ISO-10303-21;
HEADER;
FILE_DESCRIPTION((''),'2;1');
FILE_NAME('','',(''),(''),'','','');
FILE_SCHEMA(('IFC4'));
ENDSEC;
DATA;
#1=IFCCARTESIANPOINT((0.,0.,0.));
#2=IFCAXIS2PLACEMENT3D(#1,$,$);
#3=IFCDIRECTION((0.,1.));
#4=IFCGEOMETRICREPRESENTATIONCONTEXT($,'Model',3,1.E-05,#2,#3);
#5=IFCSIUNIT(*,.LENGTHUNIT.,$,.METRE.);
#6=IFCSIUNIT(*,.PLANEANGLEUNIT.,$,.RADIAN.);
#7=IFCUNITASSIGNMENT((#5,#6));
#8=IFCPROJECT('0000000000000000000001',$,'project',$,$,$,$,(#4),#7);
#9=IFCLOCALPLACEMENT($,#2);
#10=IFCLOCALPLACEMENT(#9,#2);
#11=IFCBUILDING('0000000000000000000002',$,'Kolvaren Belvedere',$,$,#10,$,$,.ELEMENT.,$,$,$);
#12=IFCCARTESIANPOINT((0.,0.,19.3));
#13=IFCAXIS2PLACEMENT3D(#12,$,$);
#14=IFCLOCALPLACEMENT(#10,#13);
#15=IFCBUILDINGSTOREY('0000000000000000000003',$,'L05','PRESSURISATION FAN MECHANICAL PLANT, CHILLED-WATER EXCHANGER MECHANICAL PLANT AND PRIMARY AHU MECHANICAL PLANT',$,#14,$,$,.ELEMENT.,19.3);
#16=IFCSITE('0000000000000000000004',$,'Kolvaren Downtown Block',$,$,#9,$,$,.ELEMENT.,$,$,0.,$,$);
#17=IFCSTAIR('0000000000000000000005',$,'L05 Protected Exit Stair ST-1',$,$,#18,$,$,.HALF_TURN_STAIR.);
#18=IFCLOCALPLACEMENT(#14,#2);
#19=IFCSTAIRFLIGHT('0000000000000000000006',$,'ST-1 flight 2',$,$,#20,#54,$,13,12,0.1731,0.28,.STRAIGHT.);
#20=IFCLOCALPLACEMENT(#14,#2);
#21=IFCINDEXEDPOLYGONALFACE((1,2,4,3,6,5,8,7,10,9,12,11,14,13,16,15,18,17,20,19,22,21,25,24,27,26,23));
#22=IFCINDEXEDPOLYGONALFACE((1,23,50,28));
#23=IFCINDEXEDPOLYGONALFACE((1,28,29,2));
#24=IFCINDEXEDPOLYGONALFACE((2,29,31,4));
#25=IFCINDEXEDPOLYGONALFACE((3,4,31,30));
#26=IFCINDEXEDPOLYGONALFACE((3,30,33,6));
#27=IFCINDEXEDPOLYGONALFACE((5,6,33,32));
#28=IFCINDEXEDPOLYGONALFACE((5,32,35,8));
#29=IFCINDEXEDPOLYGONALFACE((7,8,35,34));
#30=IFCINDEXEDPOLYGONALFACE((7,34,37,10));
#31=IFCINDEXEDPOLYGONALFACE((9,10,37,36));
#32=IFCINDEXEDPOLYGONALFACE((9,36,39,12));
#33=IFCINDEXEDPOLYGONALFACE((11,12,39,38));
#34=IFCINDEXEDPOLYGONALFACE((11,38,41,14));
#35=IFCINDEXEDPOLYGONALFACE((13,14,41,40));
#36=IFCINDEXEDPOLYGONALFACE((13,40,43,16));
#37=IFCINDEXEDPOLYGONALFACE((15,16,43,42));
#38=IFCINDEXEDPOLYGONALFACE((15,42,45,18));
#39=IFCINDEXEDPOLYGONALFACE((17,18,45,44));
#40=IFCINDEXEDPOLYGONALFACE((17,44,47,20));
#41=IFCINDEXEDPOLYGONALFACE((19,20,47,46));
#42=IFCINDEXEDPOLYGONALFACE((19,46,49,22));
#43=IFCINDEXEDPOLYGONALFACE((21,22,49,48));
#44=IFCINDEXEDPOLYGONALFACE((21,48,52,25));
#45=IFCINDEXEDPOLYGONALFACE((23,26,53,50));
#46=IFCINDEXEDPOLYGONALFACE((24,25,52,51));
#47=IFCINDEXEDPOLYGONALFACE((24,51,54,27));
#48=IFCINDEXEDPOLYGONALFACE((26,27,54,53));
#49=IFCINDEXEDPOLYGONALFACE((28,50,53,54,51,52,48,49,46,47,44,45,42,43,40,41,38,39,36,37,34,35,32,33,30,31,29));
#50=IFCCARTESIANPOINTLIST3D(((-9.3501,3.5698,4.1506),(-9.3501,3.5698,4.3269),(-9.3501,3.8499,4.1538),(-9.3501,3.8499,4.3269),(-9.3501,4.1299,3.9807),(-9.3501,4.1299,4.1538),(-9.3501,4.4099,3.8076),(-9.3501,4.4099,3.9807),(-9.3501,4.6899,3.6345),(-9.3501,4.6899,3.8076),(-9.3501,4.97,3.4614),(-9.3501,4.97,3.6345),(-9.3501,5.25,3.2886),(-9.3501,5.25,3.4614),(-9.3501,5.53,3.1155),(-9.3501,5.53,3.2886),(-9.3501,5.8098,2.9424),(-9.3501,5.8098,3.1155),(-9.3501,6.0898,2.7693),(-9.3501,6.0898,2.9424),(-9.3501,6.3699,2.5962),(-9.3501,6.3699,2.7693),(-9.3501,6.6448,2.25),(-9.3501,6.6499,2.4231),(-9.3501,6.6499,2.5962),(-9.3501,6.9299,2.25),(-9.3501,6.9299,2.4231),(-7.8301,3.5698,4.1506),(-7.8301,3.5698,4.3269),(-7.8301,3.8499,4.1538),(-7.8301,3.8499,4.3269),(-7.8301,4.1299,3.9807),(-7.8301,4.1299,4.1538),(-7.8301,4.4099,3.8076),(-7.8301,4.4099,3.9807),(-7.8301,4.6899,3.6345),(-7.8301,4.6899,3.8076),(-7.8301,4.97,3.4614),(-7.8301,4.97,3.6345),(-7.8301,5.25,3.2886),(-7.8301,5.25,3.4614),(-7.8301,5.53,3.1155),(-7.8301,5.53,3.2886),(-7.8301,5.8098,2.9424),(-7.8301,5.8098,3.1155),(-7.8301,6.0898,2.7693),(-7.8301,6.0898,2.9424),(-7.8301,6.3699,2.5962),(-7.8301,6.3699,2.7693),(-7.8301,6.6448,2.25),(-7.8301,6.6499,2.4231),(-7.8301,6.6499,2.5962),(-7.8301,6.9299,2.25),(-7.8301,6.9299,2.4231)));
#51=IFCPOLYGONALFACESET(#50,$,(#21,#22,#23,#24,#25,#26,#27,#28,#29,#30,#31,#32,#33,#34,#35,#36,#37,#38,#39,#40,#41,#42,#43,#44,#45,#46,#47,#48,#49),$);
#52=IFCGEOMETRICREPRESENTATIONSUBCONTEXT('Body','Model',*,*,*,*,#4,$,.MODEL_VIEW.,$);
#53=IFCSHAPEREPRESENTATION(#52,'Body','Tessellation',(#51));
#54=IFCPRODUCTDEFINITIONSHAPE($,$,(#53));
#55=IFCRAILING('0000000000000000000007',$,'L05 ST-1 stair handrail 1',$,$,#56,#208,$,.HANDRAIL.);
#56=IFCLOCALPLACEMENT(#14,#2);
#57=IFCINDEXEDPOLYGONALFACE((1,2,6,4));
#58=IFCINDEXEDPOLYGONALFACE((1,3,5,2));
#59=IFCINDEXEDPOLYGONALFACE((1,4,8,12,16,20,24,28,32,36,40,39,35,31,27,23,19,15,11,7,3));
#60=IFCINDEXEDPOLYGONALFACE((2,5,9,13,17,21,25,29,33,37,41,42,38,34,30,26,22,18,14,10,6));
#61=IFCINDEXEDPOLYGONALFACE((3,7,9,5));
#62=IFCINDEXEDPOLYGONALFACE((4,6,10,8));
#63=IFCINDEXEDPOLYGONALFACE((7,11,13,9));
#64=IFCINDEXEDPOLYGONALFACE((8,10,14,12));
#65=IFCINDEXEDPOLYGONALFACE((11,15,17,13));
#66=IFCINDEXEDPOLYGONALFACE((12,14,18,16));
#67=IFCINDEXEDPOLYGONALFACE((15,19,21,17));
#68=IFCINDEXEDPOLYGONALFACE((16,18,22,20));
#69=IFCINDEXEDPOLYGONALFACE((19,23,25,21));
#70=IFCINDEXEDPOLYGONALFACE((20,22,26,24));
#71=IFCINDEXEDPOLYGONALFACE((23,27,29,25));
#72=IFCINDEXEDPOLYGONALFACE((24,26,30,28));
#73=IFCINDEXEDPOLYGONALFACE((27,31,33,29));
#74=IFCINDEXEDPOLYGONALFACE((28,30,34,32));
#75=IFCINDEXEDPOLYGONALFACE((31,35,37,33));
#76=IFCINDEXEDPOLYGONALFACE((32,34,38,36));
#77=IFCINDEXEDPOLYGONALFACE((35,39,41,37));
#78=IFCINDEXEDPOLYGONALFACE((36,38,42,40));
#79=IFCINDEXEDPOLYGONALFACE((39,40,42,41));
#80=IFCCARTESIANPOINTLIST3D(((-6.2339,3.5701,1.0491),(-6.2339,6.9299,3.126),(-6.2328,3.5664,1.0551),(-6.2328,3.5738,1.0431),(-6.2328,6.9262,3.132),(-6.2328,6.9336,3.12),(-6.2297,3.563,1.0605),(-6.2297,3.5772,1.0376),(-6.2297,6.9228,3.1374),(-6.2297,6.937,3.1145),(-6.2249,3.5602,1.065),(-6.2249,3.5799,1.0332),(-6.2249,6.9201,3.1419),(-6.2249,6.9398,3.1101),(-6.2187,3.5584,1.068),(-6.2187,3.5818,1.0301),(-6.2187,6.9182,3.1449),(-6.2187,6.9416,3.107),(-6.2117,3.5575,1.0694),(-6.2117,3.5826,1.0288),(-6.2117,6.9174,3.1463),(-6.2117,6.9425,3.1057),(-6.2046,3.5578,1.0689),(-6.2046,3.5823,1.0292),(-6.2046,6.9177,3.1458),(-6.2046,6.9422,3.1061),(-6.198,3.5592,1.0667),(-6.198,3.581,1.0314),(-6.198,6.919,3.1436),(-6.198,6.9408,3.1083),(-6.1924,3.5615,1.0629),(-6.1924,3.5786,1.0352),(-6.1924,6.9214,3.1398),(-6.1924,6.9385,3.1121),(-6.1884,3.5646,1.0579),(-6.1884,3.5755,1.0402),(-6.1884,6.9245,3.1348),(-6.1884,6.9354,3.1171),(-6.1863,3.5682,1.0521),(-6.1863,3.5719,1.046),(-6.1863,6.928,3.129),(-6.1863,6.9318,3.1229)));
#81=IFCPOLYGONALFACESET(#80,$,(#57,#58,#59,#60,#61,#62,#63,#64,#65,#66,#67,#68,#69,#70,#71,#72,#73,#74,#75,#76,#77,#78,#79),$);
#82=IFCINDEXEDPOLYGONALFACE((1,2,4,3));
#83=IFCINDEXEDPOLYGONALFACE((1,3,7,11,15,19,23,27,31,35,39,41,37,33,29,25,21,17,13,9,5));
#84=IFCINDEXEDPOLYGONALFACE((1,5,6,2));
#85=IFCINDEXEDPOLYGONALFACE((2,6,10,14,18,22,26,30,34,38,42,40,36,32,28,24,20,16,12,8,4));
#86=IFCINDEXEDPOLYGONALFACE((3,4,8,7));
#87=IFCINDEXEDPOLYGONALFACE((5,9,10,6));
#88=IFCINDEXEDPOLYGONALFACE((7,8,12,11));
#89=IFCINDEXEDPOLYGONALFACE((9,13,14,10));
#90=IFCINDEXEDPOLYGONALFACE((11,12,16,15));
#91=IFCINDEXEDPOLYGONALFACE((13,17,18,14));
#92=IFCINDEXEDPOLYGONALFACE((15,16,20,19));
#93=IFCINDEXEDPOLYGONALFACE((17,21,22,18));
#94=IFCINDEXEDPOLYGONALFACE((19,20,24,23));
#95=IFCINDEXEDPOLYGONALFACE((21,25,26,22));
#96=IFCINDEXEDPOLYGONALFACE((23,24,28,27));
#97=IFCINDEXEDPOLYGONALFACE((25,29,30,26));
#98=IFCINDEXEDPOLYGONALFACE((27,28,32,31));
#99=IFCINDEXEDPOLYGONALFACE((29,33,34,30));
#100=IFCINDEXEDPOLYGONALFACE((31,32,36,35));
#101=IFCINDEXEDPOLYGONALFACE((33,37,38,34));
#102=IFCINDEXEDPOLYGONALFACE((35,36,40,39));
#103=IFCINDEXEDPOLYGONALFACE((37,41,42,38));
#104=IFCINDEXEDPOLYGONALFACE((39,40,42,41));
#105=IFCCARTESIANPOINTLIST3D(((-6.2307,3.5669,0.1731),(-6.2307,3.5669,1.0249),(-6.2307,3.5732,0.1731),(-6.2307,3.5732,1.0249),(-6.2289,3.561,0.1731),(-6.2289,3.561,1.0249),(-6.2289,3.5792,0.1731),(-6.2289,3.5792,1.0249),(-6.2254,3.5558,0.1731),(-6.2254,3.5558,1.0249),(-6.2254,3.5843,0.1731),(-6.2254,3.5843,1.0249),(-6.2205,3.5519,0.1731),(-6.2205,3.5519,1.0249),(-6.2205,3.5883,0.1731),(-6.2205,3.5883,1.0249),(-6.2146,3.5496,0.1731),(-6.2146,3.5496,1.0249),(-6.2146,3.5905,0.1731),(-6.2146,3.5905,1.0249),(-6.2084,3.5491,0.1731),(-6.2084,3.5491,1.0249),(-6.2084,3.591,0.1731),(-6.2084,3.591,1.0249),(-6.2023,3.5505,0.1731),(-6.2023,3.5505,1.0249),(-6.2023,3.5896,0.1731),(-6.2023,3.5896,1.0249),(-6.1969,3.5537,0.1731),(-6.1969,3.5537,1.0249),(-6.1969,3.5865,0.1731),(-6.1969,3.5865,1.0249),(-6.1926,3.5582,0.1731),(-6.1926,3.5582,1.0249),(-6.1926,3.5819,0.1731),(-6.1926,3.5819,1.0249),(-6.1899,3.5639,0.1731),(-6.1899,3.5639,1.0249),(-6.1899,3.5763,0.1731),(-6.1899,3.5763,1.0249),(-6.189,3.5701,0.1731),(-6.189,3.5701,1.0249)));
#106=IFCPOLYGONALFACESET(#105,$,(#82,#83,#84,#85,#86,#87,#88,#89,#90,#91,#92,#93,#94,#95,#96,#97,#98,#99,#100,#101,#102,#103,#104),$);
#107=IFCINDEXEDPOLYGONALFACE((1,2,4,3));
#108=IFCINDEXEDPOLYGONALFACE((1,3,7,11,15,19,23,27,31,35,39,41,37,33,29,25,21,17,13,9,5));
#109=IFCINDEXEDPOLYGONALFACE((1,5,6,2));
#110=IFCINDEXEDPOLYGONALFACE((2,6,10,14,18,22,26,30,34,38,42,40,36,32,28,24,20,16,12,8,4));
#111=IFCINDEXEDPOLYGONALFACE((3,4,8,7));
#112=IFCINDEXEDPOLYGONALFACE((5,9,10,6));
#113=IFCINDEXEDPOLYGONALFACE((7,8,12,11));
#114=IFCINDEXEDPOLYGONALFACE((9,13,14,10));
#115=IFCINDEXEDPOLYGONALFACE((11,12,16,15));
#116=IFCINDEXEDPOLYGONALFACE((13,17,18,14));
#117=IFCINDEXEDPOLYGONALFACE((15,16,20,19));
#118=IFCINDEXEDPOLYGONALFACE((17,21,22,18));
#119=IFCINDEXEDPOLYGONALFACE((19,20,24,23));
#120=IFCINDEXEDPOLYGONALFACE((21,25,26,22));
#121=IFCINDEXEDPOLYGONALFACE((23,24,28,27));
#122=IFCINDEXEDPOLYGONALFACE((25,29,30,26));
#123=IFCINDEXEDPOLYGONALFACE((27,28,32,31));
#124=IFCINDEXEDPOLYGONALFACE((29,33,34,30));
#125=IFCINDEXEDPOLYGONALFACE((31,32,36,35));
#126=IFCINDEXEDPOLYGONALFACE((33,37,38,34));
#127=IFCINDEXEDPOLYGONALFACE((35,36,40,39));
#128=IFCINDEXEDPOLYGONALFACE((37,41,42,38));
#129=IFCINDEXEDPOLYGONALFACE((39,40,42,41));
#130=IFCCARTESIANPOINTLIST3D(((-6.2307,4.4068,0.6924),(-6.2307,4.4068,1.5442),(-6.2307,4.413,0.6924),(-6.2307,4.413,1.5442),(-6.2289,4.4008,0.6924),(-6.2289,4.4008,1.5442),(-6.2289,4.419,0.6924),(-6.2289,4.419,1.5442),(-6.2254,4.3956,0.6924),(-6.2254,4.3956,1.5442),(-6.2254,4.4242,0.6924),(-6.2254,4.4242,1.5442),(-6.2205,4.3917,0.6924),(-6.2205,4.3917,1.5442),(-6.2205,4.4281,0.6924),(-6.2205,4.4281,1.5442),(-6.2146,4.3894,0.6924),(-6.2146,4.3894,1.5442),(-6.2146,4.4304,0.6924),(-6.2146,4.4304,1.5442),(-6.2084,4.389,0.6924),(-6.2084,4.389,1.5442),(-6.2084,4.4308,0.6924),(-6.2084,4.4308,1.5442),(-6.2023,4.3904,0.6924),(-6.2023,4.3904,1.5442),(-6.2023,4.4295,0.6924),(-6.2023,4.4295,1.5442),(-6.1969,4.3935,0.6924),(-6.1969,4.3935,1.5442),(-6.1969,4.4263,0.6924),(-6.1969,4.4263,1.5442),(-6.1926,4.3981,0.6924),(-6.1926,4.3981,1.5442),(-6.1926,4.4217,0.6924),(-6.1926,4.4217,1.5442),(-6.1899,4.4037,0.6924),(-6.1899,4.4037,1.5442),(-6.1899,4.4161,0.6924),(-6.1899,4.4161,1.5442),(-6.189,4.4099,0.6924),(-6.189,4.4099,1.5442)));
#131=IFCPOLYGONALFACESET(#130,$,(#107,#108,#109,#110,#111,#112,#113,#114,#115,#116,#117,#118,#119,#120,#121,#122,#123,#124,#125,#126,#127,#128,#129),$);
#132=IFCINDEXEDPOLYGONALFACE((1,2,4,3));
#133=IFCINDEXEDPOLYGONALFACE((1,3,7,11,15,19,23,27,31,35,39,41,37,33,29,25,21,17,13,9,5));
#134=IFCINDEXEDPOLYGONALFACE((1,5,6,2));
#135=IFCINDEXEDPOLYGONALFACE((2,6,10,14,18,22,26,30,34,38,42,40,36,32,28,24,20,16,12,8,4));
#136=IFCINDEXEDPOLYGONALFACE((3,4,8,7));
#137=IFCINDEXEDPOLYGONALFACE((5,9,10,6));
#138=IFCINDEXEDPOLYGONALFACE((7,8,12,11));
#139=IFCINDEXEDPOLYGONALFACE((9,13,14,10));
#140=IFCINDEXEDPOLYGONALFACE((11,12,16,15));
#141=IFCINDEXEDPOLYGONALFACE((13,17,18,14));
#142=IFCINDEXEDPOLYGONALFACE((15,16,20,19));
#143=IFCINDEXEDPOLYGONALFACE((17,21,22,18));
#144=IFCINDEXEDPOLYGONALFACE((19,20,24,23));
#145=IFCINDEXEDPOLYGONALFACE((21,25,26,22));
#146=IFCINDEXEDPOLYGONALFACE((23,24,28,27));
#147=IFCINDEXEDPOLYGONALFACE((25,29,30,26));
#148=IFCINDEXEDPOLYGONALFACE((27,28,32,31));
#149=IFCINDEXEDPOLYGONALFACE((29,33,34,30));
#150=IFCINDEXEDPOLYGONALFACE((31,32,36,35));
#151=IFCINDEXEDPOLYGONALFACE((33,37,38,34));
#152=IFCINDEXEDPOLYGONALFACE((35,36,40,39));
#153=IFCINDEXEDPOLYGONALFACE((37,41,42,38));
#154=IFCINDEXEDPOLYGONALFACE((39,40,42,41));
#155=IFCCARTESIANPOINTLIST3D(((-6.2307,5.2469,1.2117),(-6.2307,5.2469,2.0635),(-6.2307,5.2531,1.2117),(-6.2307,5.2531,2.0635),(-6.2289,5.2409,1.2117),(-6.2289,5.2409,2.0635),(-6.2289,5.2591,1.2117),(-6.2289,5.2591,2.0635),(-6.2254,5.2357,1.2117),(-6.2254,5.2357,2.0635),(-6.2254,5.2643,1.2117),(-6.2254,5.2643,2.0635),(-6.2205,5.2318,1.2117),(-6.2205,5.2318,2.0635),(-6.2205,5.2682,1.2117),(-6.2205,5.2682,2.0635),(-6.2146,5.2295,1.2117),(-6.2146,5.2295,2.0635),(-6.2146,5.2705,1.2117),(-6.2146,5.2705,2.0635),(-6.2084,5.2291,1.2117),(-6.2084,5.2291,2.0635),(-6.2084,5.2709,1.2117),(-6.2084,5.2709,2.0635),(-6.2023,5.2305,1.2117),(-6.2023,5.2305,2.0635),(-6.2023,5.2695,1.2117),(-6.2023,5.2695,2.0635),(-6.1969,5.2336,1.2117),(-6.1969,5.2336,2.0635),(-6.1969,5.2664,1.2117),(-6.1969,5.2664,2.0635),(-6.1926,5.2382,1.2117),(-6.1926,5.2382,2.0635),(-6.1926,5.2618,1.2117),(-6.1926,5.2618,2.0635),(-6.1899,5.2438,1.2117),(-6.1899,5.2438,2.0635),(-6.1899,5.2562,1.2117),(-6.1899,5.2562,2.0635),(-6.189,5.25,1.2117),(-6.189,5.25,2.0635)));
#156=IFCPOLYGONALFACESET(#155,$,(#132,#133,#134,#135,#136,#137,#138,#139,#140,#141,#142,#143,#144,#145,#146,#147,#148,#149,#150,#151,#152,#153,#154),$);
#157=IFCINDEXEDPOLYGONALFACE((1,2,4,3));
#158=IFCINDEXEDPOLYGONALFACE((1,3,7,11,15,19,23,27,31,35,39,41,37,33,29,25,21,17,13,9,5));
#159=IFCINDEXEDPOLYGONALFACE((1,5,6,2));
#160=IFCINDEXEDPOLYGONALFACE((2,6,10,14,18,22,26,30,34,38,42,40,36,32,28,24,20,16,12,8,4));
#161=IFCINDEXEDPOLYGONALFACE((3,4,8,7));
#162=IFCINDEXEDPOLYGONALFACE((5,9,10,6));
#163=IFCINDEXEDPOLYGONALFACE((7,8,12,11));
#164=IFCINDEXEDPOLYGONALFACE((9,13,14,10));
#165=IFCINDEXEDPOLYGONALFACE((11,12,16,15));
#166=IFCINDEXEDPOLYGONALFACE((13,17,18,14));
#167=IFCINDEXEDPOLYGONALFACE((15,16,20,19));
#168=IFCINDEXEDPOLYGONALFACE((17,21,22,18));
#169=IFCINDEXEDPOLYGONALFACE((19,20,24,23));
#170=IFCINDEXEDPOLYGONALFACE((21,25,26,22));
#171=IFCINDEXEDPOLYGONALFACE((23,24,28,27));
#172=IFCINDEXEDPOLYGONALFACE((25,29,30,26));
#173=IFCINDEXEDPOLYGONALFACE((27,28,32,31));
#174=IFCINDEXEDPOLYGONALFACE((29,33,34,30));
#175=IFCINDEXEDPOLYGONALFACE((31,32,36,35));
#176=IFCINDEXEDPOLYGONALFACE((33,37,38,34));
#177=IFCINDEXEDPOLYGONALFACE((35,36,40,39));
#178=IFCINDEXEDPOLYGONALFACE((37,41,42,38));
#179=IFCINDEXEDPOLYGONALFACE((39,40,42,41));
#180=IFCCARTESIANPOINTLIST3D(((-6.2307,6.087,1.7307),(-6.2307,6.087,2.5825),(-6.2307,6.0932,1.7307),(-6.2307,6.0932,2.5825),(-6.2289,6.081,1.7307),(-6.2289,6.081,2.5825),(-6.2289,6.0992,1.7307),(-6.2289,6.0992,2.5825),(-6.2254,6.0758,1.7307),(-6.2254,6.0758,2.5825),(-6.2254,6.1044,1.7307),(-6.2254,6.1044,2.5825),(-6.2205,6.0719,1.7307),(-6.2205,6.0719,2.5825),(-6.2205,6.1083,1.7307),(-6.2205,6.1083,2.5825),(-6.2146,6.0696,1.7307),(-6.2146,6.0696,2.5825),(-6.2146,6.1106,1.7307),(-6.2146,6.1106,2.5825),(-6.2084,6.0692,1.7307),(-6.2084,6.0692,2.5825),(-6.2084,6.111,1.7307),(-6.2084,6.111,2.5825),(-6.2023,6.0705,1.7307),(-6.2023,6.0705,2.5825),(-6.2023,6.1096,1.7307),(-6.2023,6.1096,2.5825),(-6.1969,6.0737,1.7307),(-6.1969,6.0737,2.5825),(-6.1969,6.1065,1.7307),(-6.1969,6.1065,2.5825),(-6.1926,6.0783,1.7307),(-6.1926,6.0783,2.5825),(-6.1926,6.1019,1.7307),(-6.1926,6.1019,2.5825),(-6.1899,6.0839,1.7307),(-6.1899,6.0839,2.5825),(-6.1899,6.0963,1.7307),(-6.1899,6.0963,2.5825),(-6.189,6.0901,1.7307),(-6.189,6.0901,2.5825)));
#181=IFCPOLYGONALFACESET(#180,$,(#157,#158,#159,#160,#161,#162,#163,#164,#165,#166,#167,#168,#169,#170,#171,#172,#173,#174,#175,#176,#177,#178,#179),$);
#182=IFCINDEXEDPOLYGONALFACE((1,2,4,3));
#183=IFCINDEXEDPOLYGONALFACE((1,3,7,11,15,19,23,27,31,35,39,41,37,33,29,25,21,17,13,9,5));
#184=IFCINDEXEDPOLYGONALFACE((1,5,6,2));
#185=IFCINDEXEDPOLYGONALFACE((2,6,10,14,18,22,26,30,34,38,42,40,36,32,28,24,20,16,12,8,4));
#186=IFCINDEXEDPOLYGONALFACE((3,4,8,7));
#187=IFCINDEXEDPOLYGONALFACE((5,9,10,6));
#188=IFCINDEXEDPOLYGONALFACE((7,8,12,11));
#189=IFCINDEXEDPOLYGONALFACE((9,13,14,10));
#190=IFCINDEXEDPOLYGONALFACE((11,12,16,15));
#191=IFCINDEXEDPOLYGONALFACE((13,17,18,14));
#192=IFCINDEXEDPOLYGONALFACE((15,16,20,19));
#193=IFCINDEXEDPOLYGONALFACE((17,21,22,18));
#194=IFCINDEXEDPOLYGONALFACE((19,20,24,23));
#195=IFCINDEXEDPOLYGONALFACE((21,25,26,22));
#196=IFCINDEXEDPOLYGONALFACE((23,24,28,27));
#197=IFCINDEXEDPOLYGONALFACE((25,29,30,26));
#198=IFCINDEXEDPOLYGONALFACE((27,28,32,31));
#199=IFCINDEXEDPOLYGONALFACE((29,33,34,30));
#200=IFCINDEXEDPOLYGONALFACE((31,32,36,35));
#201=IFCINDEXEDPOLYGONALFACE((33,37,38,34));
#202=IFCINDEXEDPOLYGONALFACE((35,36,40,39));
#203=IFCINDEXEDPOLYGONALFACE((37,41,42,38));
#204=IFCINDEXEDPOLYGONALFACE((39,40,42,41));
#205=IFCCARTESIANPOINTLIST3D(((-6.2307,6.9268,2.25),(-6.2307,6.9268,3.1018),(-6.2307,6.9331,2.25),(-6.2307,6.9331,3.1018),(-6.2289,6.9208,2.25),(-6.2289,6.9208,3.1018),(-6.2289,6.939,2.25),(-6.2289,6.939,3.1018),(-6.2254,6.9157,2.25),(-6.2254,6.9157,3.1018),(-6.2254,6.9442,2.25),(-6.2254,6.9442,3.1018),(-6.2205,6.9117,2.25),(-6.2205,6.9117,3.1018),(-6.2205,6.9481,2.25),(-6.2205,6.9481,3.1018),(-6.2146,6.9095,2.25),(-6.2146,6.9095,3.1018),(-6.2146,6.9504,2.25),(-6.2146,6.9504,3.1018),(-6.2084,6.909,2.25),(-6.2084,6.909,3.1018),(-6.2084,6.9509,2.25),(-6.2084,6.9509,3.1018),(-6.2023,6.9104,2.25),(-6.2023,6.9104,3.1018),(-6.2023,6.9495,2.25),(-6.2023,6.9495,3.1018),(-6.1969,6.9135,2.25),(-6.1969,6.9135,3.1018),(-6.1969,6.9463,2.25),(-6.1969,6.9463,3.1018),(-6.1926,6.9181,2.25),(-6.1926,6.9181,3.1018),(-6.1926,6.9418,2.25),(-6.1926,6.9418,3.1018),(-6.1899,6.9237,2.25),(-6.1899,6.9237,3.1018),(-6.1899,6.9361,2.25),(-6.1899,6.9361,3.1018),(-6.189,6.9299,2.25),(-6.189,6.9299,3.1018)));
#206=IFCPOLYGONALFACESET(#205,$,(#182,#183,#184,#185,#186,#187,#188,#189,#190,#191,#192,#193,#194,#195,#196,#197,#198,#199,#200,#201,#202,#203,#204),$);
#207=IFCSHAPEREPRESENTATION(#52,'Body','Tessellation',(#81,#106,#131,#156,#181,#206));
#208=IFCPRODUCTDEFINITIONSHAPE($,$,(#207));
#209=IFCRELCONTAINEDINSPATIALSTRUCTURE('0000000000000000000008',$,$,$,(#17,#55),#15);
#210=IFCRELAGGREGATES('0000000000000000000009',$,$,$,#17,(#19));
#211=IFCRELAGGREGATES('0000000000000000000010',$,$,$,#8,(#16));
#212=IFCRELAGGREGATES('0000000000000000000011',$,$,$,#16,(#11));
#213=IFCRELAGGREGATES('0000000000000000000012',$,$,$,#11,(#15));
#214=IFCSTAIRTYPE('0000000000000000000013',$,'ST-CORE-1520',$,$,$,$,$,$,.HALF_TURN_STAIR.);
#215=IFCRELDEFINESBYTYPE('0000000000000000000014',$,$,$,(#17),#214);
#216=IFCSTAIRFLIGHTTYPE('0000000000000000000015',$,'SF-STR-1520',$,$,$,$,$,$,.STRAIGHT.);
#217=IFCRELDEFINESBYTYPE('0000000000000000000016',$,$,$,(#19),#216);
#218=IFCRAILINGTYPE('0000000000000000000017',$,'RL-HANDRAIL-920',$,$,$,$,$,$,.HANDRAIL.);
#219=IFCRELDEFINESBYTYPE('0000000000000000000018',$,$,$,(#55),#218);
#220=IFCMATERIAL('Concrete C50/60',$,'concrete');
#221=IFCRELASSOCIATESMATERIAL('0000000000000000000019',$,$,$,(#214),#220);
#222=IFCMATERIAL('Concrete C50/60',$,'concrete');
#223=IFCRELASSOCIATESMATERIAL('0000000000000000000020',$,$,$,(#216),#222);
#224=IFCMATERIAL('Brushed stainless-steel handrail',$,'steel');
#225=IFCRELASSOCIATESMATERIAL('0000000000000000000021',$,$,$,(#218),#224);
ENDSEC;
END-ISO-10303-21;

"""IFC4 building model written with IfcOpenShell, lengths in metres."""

from ifc_helpers import new_model, si_unit, direction, frame, origin, origin_2d, place, context, subcontext, project, spatial, polyline, circle, outline, extrude, material, type_object, element, aggregate, save


model = new_model("IFC4")

# Units and contexts
model_context = context("Model", 3, precision=1e-05, world=origin(), true_north=direction((0.0, 1.0)))
body_context = subcontext(model_context, "Body", "Model", "MODEL_VIEW")
ifc_project = project(units=[si_unit("LENGTHUNIT", "METRE"), si_unit("PLANEANGLEUNIT", "RADIAN")], contexts=[model_context])

# Site, building, storey
site_placement = place(None, origin())
site = spatial("IfcSite", under=ifc_project, at=site_placement, Name="Kolvaren Downtown Block", CompositionType="ELEMENT", RefElevation=0.0)
building_placement = place(site_placement, origin())
building = spatial("IfcBuilding", under=site, at=building_placement, Name="Kolvaren Belvedere", CompositionType="ELEMENT")
storey_placement = place(building_placement, frame((0.0, 0.0, 19.3)))
storey = spatial("IfcBuildingStorey", under=building, at=storey_placement, Name="L05", Description="PRESSURISATION FAN MECHANICAL PLANT, CHILLED-WATER EXCHANGER MECHANICAL PLANT AND PRIMARY AHU MECHANICAL PLANT", CompositionType="ELEMENT", Elevation=19.3)

# Stair, stair flight
ifc_material_1 = material(Name="Concrete C50/60", Category="concrete")
stair_type = type_object("IfcStairType", Name="ST-CORE-1520", PredefinedType="HALF_TURN_STAIR", material=ifc_material_1)
stair_placement = place(storey_placement, origin())
stair = element("IfcStair", 1, at=stair_placement, inside=storey, type_object=stair_type, Name="L05 Protected Exit Stair ST-1", PredefinedType="HALF_TURN_STAIR")
ifc_material_2 = material(Name="Concrete C50/60", Category="concrete")
stair_flight_type = type_object("IfcStairFlightType", Name="SF-STR-1520", PredefinedType="STRAIGHT", material=ifc_material_2)
stair_flight_1_placement = place(storey_placement, frame((-8.5901, 6.9299, 2.25), z_axis=(0.0, 0.0, 1.0), x_axis=(0.0, -1.0, 0.0)))
stair_flight_1 = element("IfcStairFlight", 2, at=stair_flight_1_placement, type_object=stair_flight_type, Name="ST-1 flight 2", NumberOfRisers=13, NumberOfTreads=12, PredefinedType="STRAIGHT", RiserHeight=0.1731, TreadLength=0.28, context=body_context, shape_type="SweptSolid", body=[
    extrude(outline(polyline([(0.0, 0.0), (0.0, 0.1731), (0.28, 0.1731), (0.28, 0.3462), (0.5601, 0.3462), (0.5601, 0.5193), (0.8401, 0.5193), (0.8401, 0.6924), (1.1201, 0.6924), (1.1201, 0.8655), (1.3999, 0.8655), (1.3999, 1.0386), (1.6799, 1.0386), (1.6799, 1.2114), (1.96, 1.2114), (1.96, 1.3845), (2.24, 1.3845), (2.24, 1.5576), (2.52, 1.5576), (2.52, 1.7307), (2.8, 1.7307), (2.8, 1.9038), (3.0801, 1.9038), (3.0801, 2.0769), (3.3601, 2.0769), (3.3601, 2.25), (3.3601, 1.9006), (0.2852, 0.0), (0.0, 0.0)])), frame((0.0, 0.76, 0.0), z_axis=(0.0, -1.0, 0.0), x_axis=(1.0, 0.0, 0.0)), (0.0, 0.0, 1.0), 1.52),
])
aggregate(stair, [stair_flight_1])

# Railing
ifc_material_3 = material(Name="Brushed stainless-steel handrail", Category="steel")
railing_type_1 = type_object("IfcRailingType", Name="RL-HANDRAIL-920", PredefinedType="HANDRAIL", material=ifc_material_3)
railing_1_placement = place(storey_placement, frame((-6.21, 3.5701, 0.1731)))
element("IfcRailing", 3, at=railing_1_placement, inside=storey, type_object=railing_type_1, Name="L05 ST-1 stair handrail 1", PredefinedType="HANDRAIL", context=body_context, shape_type="SweptSolid", body=[
    extrude(circle(Radius=0.0239, at=origin_2d()), frame((0.0, 0.0, 0.876), z_axis=(0.0, 0.850606, 0.525803), x_axis=(-1.0, 0.0, 0.0)), (0.0, 0.0, 1.0), 3.95),
    extrude(circle(Radius=0.021, at=origin_2d()), origin(), (0.0, 0.0, 1.0), 0.8518),
    extrude(circle(Radius=0.021, at=origin_2d()), frame((0.0, 0.8398, 0.5193)), (0.0, 0.0, 1.0), 0.8518),
    extrude(circle(Radius=0.021, at=origin_2d()), frame((0.0, 1.6799, 1.0386)), (0.0, 0.0, 1.0), 0.8518),
    extrude(circle(Radius=0.021, at=origin_2d()), frame((0.0, 2.52, 1.5576)), (0.0, 0.0, 1.0), 0.8518),
    extrude(circle(Radius=0.021, at=origin_2d()), frame((0.0, 3.3599, 2.0769)), (0.0, 0.0, 1.0), 0.8518),
])

save(model, "model.ifc")
